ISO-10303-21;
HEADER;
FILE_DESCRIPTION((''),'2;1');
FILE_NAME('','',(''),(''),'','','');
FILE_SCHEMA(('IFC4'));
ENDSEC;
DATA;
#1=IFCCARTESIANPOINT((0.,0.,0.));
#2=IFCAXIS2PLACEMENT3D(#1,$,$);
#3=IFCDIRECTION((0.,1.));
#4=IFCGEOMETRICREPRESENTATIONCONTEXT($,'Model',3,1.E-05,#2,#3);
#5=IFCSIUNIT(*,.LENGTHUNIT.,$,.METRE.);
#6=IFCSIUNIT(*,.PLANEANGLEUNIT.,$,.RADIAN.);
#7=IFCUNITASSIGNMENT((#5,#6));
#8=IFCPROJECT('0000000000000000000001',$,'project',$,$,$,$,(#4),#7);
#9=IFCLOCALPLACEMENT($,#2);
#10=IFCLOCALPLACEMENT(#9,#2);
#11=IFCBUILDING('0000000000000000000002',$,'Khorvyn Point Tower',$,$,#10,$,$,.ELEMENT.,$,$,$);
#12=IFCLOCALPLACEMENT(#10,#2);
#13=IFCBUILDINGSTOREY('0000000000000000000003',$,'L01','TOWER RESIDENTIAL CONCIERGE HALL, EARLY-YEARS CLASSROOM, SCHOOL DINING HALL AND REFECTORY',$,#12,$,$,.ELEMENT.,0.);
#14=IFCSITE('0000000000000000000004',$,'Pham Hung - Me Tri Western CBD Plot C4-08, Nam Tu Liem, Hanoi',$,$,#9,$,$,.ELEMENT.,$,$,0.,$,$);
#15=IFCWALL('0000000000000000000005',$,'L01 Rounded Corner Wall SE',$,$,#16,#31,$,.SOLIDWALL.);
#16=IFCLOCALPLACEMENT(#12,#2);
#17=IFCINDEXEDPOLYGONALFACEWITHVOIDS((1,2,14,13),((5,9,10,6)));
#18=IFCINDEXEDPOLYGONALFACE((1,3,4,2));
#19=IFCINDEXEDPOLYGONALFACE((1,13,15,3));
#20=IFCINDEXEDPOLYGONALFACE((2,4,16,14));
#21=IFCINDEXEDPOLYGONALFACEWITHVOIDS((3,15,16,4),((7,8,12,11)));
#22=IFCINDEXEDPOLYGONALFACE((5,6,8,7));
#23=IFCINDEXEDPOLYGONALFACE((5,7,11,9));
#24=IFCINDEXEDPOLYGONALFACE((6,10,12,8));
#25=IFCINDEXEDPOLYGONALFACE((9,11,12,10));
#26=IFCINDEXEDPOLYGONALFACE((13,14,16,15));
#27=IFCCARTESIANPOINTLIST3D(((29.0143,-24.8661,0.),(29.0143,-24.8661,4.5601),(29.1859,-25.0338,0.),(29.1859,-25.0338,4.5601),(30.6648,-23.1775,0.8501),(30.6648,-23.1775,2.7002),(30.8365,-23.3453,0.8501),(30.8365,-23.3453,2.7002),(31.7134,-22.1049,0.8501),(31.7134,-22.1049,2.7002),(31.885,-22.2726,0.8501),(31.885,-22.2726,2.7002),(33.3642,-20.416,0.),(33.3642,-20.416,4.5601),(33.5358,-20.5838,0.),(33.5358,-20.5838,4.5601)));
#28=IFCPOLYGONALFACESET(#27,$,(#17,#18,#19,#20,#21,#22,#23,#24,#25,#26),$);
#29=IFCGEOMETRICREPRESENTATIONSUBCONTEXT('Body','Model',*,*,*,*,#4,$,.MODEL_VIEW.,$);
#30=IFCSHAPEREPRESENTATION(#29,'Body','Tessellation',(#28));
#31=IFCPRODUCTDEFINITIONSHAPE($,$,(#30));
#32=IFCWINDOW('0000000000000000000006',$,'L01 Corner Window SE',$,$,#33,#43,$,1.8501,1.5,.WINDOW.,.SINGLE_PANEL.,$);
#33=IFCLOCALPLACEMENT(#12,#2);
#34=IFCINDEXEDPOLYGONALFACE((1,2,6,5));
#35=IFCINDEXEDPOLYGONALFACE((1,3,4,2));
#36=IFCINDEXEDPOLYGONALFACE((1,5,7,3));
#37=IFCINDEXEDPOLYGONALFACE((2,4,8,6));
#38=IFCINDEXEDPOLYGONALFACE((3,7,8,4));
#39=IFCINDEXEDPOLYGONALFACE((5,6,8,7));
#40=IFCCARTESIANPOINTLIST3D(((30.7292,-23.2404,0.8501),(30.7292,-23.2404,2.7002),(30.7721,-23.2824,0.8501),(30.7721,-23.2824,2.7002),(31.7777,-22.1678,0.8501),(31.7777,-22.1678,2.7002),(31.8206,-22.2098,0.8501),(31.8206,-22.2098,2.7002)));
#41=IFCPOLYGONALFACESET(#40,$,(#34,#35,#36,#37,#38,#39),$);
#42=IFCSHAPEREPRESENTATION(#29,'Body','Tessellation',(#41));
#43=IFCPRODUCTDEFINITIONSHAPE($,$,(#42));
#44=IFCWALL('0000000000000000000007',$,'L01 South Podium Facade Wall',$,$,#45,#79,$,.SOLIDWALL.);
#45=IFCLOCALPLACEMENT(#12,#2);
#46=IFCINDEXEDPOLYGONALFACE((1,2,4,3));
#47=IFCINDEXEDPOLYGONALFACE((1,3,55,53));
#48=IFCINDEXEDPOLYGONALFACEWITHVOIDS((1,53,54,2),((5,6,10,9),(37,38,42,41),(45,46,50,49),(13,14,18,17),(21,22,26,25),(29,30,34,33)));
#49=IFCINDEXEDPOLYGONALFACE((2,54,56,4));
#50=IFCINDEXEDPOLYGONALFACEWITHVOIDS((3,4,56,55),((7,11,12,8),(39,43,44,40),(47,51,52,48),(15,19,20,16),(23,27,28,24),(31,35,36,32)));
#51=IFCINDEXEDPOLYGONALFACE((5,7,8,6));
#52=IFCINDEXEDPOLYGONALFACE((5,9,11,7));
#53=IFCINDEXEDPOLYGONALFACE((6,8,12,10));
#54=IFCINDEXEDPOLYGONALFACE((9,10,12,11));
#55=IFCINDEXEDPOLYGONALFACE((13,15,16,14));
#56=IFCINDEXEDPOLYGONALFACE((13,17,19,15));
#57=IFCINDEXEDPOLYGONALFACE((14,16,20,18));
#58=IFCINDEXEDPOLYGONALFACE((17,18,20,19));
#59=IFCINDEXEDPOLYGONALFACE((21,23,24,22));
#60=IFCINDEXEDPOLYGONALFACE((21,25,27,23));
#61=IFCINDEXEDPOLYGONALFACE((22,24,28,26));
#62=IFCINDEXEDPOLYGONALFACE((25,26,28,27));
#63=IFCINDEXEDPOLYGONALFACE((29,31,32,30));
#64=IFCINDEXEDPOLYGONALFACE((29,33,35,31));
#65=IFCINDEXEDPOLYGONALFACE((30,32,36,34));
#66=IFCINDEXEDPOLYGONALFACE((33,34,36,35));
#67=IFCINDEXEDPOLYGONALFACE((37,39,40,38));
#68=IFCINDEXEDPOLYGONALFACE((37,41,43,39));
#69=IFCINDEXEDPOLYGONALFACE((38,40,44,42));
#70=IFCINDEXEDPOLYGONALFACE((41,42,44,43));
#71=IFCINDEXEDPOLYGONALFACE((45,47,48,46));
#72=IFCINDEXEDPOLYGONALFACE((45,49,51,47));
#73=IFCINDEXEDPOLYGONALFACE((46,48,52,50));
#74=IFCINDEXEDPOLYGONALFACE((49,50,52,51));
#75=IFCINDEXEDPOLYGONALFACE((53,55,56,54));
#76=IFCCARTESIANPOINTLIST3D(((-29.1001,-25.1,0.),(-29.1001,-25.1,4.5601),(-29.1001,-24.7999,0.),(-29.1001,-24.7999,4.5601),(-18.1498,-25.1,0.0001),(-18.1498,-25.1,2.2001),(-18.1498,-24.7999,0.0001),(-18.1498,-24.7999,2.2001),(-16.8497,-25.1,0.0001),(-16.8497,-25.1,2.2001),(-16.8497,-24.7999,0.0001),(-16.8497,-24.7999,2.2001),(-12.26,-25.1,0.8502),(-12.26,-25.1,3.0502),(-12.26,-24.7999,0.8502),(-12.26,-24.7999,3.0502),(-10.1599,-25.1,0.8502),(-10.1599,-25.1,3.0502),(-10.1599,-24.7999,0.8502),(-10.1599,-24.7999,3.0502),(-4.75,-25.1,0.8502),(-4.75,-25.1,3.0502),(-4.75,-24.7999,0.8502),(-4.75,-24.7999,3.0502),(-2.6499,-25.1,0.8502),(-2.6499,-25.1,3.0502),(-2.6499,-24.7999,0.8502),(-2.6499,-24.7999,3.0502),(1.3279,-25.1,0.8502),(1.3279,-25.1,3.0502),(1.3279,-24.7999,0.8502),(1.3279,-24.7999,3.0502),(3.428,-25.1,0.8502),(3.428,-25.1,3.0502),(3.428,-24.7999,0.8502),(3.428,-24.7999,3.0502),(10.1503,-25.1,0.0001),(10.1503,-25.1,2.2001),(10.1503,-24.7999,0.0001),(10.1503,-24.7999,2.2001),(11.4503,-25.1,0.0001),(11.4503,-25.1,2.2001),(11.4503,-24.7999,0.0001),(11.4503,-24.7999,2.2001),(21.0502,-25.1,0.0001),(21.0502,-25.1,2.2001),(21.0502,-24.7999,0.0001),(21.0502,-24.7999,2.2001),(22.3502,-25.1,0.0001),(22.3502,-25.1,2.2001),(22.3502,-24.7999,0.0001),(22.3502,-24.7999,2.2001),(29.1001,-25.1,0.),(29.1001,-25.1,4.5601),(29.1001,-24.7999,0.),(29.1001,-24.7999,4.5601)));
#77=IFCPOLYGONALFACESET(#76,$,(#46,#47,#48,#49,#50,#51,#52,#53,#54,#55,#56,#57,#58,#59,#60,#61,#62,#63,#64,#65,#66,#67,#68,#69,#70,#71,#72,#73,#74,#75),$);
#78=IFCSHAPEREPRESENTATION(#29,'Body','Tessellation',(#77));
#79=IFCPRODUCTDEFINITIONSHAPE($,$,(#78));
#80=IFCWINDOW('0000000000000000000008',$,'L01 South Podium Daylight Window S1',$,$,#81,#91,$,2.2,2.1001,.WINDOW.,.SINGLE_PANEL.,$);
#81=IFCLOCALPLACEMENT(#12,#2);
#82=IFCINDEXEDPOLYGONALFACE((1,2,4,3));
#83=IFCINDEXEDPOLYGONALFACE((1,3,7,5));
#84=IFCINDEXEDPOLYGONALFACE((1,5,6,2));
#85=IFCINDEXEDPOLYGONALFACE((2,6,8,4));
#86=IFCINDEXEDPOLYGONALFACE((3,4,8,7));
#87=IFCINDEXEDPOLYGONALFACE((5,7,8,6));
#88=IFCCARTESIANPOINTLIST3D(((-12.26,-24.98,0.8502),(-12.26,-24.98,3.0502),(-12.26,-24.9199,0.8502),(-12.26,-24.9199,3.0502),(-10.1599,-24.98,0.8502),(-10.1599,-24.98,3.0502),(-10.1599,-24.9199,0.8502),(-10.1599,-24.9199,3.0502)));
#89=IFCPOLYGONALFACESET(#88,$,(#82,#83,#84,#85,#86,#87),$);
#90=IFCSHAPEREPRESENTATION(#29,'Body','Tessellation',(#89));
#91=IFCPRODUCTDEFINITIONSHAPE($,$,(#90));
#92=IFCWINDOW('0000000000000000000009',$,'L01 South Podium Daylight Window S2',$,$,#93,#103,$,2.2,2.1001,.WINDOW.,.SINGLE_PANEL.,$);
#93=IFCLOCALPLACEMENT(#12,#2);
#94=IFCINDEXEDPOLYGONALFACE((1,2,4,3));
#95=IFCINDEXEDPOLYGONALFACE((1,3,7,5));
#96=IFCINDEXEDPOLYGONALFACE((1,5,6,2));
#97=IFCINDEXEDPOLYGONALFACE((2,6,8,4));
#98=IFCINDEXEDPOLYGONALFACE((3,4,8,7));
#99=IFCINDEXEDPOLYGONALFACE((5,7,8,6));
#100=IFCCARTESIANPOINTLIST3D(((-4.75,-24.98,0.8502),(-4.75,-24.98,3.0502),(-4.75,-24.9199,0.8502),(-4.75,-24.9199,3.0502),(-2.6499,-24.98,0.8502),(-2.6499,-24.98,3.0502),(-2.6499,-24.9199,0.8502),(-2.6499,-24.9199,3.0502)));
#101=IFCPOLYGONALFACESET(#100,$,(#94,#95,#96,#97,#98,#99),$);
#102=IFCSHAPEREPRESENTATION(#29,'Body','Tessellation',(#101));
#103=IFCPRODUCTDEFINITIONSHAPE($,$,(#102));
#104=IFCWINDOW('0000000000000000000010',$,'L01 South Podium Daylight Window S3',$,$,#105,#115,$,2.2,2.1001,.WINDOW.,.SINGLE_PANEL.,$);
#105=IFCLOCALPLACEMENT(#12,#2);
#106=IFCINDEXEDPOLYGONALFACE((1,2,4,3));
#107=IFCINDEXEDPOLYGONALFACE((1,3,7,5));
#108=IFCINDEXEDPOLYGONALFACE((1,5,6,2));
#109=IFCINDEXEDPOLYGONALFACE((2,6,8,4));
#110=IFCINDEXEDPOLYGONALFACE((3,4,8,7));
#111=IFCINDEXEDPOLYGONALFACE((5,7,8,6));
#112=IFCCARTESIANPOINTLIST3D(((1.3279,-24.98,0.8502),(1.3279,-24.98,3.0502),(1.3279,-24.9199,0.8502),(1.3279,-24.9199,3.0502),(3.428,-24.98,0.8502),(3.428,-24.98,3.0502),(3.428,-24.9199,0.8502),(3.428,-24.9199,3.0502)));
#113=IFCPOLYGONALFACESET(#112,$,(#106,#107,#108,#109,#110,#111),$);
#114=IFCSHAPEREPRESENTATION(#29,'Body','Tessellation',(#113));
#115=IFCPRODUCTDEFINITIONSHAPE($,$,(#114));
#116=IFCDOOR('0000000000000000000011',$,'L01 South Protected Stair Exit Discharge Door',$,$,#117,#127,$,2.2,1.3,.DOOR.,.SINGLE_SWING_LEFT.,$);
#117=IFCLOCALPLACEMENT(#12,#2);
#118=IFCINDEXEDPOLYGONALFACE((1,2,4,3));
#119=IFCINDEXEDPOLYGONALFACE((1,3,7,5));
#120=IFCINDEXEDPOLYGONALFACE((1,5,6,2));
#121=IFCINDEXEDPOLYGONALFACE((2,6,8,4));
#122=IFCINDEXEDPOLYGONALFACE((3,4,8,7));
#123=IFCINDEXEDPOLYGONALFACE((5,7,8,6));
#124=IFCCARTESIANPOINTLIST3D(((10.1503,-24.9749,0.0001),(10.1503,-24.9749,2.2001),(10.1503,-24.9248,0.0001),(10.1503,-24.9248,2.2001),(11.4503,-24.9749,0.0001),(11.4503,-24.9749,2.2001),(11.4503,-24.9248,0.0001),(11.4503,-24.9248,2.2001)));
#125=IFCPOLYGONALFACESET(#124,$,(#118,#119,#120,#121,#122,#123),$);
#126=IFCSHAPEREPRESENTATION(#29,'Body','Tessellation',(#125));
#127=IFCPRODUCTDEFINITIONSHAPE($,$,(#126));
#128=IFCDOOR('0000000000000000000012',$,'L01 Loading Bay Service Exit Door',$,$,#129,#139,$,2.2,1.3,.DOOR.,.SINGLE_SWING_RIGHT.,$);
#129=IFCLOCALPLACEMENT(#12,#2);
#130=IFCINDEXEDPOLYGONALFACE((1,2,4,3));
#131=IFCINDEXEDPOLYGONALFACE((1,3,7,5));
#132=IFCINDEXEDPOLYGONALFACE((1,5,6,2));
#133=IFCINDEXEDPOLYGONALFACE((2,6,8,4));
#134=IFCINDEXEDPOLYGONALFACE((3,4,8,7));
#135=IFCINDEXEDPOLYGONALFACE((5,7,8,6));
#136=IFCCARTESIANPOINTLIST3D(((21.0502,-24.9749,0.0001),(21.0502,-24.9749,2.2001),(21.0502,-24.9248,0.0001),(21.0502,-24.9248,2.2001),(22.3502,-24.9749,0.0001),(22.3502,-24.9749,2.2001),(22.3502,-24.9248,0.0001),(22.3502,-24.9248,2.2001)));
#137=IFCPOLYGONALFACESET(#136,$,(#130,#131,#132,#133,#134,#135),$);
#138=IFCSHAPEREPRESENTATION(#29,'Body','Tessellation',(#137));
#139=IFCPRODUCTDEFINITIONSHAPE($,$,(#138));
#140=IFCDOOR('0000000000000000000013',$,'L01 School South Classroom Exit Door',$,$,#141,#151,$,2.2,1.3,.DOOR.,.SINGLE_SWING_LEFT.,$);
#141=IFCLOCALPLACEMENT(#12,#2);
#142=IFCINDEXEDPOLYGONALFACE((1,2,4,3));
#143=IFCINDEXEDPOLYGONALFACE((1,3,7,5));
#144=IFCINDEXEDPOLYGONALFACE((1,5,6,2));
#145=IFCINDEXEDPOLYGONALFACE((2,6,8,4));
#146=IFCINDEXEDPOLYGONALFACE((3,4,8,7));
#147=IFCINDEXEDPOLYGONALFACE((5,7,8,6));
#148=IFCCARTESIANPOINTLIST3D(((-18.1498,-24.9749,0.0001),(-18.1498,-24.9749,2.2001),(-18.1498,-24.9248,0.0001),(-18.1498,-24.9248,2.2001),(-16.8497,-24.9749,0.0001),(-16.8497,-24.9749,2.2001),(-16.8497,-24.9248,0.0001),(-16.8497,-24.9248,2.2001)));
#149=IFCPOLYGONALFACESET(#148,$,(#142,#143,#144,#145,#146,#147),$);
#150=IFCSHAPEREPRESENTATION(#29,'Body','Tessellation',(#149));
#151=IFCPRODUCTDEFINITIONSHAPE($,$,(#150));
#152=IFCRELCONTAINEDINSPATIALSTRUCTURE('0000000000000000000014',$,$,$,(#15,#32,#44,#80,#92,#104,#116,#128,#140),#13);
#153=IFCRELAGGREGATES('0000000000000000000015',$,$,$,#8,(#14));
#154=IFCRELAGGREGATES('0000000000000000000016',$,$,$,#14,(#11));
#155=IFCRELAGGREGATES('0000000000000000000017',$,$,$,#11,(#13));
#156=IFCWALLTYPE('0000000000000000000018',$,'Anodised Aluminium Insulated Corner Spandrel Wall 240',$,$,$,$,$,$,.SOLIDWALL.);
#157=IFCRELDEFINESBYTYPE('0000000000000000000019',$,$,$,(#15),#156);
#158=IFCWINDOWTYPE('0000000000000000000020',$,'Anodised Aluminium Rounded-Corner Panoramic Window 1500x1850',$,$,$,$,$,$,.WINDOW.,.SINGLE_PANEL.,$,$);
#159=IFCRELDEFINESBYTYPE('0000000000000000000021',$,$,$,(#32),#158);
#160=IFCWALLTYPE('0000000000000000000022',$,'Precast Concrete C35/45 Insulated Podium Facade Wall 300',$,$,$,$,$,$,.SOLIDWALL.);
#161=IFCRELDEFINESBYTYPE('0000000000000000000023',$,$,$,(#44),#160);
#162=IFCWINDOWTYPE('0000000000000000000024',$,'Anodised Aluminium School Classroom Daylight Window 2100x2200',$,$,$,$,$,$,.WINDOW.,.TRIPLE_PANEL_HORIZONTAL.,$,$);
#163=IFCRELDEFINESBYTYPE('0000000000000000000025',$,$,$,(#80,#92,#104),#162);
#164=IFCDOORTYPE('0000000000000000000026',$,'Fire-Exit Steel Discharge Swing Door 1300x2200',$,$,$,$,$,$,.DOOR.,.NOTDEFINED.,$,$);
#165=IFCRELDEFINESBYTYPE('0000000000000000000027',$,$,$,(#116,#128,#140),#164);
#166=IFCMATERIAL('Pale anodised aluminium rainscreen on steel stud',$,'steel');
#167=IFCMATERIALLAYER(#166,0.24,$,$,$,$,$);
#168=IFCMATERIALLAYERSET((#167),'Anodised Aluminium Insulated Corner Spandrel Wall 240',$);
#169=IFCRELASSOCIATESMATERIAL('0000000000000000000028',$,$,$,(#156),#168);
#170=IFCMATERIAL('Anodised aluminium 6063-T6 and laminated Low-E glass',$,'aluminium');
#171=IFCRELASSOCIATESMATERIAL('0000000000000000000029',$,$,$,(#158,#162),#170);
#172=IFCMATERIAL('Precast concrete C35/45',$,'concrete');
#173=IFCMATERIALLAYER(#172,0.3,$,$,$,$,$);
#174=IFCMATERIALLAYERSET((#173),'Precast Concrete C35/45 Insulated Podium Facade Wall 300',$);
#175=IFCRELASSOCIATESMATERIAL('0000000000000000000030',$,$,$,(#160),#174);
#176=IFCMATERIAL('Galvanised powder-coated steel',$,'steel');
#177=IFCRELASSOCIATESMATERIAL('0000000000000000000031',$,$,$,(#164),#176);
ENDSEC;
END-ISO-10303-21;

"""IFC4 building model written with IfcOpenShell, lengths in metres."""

from ifc_helpers import new_model, si_unit, direction, frame, frame_2d, origin, place, context, subcontext, project, spatial, rectangle, extrude, material, layer, layer_set, type_object, element, fill, save


model = new_model("IFC4")

# Units and contexts
model_context = context("Model", 3, precision=1e-05, world=origin(), true_north=direction((0.0, 1.0)))
body_context = subcontext(model_context, "Body", "Model", "MODEL_VIEW")
ifc_project = project(units=[si_unit("LENGTHUNIT", "METRE"), si_unit("PLANEANGLEUNIT", "RADIAN")], contexts=[model_context])

# Site, building, storey
site_placement = place(None, origin())
site = spatial("IfcSite", under=ifc_project, at=site_placement, Name="Pham Hung - Me Tri Western CBD Plot C4-08, Nam Tu Liem, Hanoi", CompositionType="ELEMENT", RefElevation=0.0)
building_placement = place(site_placement, origin())
building = spatial("IfcBuilding", under=site, at=building_placement, Name="Khorvyn Point Tower", CompositionType="ELEMENT")
storey_placement = place(building_placement, origin())
storey = spatial("IfcBuildingStorey", under=building, at=storey_placement, Name="L01", Description="TOWER RESIDENTIAL CONCIERGE HALL, EARLY-YEARS CLASSROOM, SCHOOL DINING HALL AND REFECTORY", CompositionType="ELEMENT", Elevation=0.0)

# Wall, opening, window
ifc_material_1 = material(Name="Pale anodised aluminium rainscreen on steel stud", Category="steel")
ifc_layer_1 = layer(ifc_material_1, 0.24)
ifc_layer_set_1 = layer_set([ifc_layer_1], Name="Anodised Aluminium Insulated Corner Spandrel Wall 240")
wall_type_1 = type_object("IfcWallType", Name="Anodised Aluminium Insulated Corner Spandrel Wall 240", PredefinedType="SOLIDWALL", material=ifc_layer_set_1)
wall_1_placement = place(storey_placement, frame((33.45, -20.5, 0.0), z_axis=(0.0, 0.0, 1.0), x_axis=(-0.699018, -0.715104, 0.0)))
wall_1 = element("IfcWall", 1, at=wall_1_placement, inside=storey, type_object=wall_type_1, Name="L01 Rounded Corner Wall SE", PredefinedType="SOLIDWALL", context=body_context, shape_type="SweptSolid", body=[
    extrude(rectangle(XDim=6.2229, YDim=0.24, at=frame_2d((3.1113, 0.0))), origin(), (0.0, 0.0, 1.0), 4.5601),
])
opening_1_placement = place(wall_1_placement, frame((2.3616, 0.0, 0.8501)))
opening_1 = element("IfcOpeningElement", 2, at=opening_1_placement, cuts=wall_1, PredefinedType="OPENING", context=body_context, shape_type="SweptSolid", body=[
    extrude(rectangle(XDim=1.5, YDim=1.8501, at=frame_2d((0.75, 0.925))), frame((0.0, 0.1299, 0.0), z_axis=(0.0, -1.0, 0.0), x_axis=(1.0, 0.0, 0.0)), (0.0, 0.0, 1.0), 0.26),
])
ifc_material_2 = material(Name="Anodised aluminium 6063-T6 and laminated Low-E glass", Category="aluminium")
window_type_1 = type_object("IfcWindowType", Name="Anodised Aluminium Rounded-Corner Panoramic Window 1500x1850", PartitioningType="SINGLE_PANEL", PredefinedType="WINDOW", material=ifc_material_2)
window_1_placement = place(opening_1_placement, origin())
window_1 = element("IfcWindow", 3, at=window_1_placement, inside=storey, type_object=window_type_1, Name="L01 Corner Window SE", OverallHeight=1.8501, OverallWidth=1.5, PartitioningType="SINGLE_PANEL", PredefinedType="WINDOW", context=body_context, shape_type="SweptSolid", body=[
    extrude(rectangle(XDim=1.5, YDim=1.8501, at=frame_2d((0.75, 0.925))), frame((0.0, 0.03, 0.0), z_axis=(0.0, -1.0, 0.0), x_axis=(1.0, 0.0, 0.0)), (0.0, 0.0, 1.0), 0.0601),
])
fill(opening_1, window_1)

# Wall, openings, windows, doors
ifc_material_3 = material(Name="Precast concrete C35/45", Category="concrete")
ifc_layer_2 = layer(ifc_material_3, 0.3)
ifc_layer_set_2 = layer_set([ifc_layer_2], Name="Precast Concrete C35/45 Insulated Podium Facade Wall 300")
wall_type_2 = type_object("IfcWallType", Name="Precast Concrete C35/45 Insulated Podium Facade Wall 300", PredefinedType="SOLIDWALL", material=ifc_layer_set_2)
wall_2_placement = place(storey_placement, frame((29.1001, -24.95, 0.0), z_axis=(0.0, 0.0, 1.0), x_axis=(-1.0, 0.0, 0.0)))
wall_2 = element("IfcWall", 4, at=wall_2_placement, inside=storey, type_object=wall_type_2, Name="L01 South Podium Facade Wall", PredefinedType="SOLIDWALL", context=body_context, shape_type="SweptSolid", body=[
    extrude(rectangle(XDim=58.2002, YDim=0.3, at=frame_2d((29.1001, 0.0))), origin(), (0.0, 0.0, 1.0), 4.5601),
])
opening_2_placement = place(wall_2_placement, frame((39.26, 0.0, 0.8501)))
opening_2 = element("IfcOpeningElement", 5, at=opening_2_placement, cuts=wall_2, PredefinedType="OPENING", context=body_context, shape_type="SweptSolid", body=[
    extrude(rectangle(XDim=2.1001, YDim=2.2, at=frame_2d((1.05, 1.1001))), frame((0.0, 0.1599, 0.0), z_axis=(0.0, -1.0, 0.0), x_axis=(1.0, 0.0, 0.0)), (0.0, 0.0, 1.0), 0.3201),
])
opening_3_placement = place(wall_2_placement, frame((31.75, 0.0, 0.8501)))
opening_3 = element("IfcOpeningElement", 6, at=opening_3_placement, cuts=wall_2, PredefinedType="OPENING", context=body_context, shape_type="SweptSolid", body=[
    extrude(rectangle(XDim=2.1001, YDim=2.2, at=frame_2d((1.05, 1.1001))), frame((0.0, 0.1599, 0.0), z_axis=(0.0, -1.0, 0.0), x_axis=(1.0, 0.0, 0.0)), (0.0, 0.0, 1.0), 0.3201),
])
opening_4_placement = place(wall_2_placement, frame((25.6721, 0.0, 0.8501)))
opening_4 = element("IfcOpeningElement", 7, at=opening_4_placement, cuts=wall_2, PredefinedType="OPENING", context=body_context, shape_type="SweptSolid", body=[
    extrude(rectangle(XDim=2.1001, YDim=2.2, at=frame_2d((1.05, 1.1001))), frame((0.0, 0.1599, 0.0), z_axis=(0.0, -1.0, 0.0), x_axis=(1.0, 0.0, 0.0)), (0.0, 0.0, 1.0), 0.3201),
])
opening_5_placement = place(wall_2_placement, frame((17.6499, 0.0, 0.0)))
opening_5 = element("IfcOpeningElement", 8, at=opening_5_placement, cuts=wall_2, PredefinedType="OPENING", context=body_context, shape_type="SweptSolid", body=[
    extrude(rectangle(XDim=1.3, YDim=2.2, at=frame_2d((0.6499, 1.1001))), frame((0.0, 0.1599, 0.0), z_axis=(0.0, -1.0, 0.0), x_axis=(1.0, 0.0, 0.0)), (0.0, 0.0, 1.0), 0.3201),
])
opening_6_placement = place(wall_2_placement, frame((6.75, 0.0, 0.0)))
opening_6 = element("IfcOpeningElement", 9, at=opening_6_placement, cuts=wall_2, PredefinedType="OPENING", context=body_context, shape_type="SweptSolid", body=[
    extrude(rectangle(XDim=1.3, YDim=2.2, at=frame_2d((0.6499, 1.1001))), frame((0.0, 0.1599, 0.0), z_axis=(0.0, -1.0, 0.0), x_axis=(1.0, 0.0, 0.0)), (0.0, 0.0, 1.0), 0.3201),
])
opening_7_placement = place(wall_2_placement, frame((45.95, 0.0, 0.0)))
opening_7 = element("IfcOpeningElement", 10, at=opening_7_placement, cuts=wall_2, PredefinedType="OPENING", context=body_context, shape_type="SweptSolid", body=[
    extrude(rectangle(XDim=1.3, YDim=2.2, at=frame_2d((0.6499, 1.1001))), frame((0.0, 0.1599, 0.0), z_axis=(0.0, -1.0, 0.0), x_axis=(1.0, 0.0, 0.0)), (0.0, 0.0, 1.0), 0.3201),
])
window_type_2 = type_object("IfcWindowType", Name="Anodised Aluminium School Classroom Daylight Window 2100x2200", PartitioningType="TRIPLE_PANEL_HORIZONTAL", PredefinedType="WINDOW", material=ifc_material_2)
window_2_placement = place(opening_2_placement, origin())
window_2 = element("IfcWindow", 11, at=window_2_placement, inside=storey, type_object=window_type_2, Name="L01 South Podium Daylight Window S1", OverallHeight=2.2, OverallWidth=2.1001, PartitioningType="SINGLE_PANEL", PredefinedType="WINDOW", context=body_context, shape_type="SweptSolid", body=[
    extrude(rectangle(XDim=2.1001, YDim=2.2, at=frame_2d((1.05, 1.1001))), frame((0.0, 0.03, 0.0), z_axis=(0.0, -1.0, 0.0), x_axis=(1.0, 0.0, 0.0)), (0.0, 0.0, 1.0), 0.0601),
])
fill(opening_2, window_2)
window_3_placement = place(opening_3_placement, origin())
window_3 = element("IfcWindow", 12, at=window_3_placement, inside=storey, type_object=window_type_2, Name="L01 South Podium Daylight Window S2", OverallHeight=2.2, OverallWidth=2.1001, PartitioningType="SINGLE_PANEL", PredefinedType="WINDOW", context=body_context, shape_type="SweptSolid", body=[
    extrude(rectangle(XDim=2.1001, YDim=2.2, at=frame_2d((1.05, 1.1001))), frame((0.0, 0.03, 0.0), z_axis=(0.0, -1.0, 0.0), x_axis=(1.0, 0.0, 0.0)), (0.0, 0.0, 1.0), 0.0601),
])
fill(opening_3, window_3)
window_4_placement = place(opening_4_placement, origin())
window_4 = element("IfcWindow", 13, at=window_4_placement, inside=storey, type_object=window_type_2, Name="L01 South Podium Daylight Window S3", OverallHeight=2.2, OverallWidth=2.1001, PartitioningType="SINGLE_PANEL", PredefinedType="WINDOW", context=body_context, shape_type="SweptSolid", body=[
    extrude(rectangle(XDim=2.1001, YDim=2.2, at=frame_2d((1.05, 1.1001))), frame((0.0, 0.03, 0.0), z_axis=(0.0, -1.0, 0.0), x_axis=(1.0, 0.0, 0.0)), (0.0, 0.0, 1.0), 0.0601),
])
fill(opening_4, window_4)
ifc_material_4 = material(Name="Galvanised powder-coated steel", Category="steel")
door_type = type_object("IfcDoorType", Name="Fire-Exit Steel Discharge Swing Door 1300x2200", OperationType="NOTDEFINED", PredefinedType="DOOR", material=ifc_material_4)
door_1_placement = place(opening_5_placement, origin())
door_1 = element("IfcDoor", 14, at=door_1_placement, inside=storey, type_object=door_type, Name="L01 South Protected Stair Exit Discharge Door", OperationType="SINGLE_SWING_LEFT", OverallHeight=2.2, OverallWidth=1.3, PredefinedType="DOOR", context=body_context, shape_type="SweptSolid", body=[
    extrude(rectangle(XDim=1.3, YDim=2.2, at=frame_2d((0.6499, 1.1001))), frame((0.0, 0.0249, 0.0), z_axis=(0.0, -1.0, 0.0), x_axis=(1.0, 0.0, 0.0)), (0.0, 0.0, 1.0), 0.05),
])
fill(opening_5, door_1)
door_2_placement = place(opening_6_placement, origin())
door_2 = element("IfcDoor", 15, at=door_2_placement, inside=storey, type_object=door_type, Name="L01 Loading Bay Service Exit Door", OperationType="SINGLE_SWING_RIGHT", OverallHeight=2.2, OverallWidth=1.3, PredefinedType="DOOR", context=body_context, shape_type="SweptSolid", body=[
    extrude(rectangle(XDim=1.3, YDim=2.2, at=frame_2d((0.6499, 1.1001))), frame((0.0, 0.0249, 0.0), z_axis=(0.0, -1.0, 0.0), x_axis=(1.0, 0.0, 0.0)), (0.0, 0.0, 1.0), 0.05),
])
fill(opening_6, door_2)
door_3_placement = place(opening_7_placement, origin())
door_3 = element("IfcDoor", 16, at=door_3_placement, inside=storey, type_object=door_type, Name="L01 School South Classroom Exit Door", OperationType="SINGLE_SWING_LEFT", OverallHeight=2.2, OverallWidth=1.3, PredefinedType="DOOR", context=body_context, shape_type="SweptSolid", body=[
    extrude(rectangle(XDim=1.3, YDim=2.2, at=frame_2d((0.6499, 1.1001))), frame((0.0, 0.0249, 0.0), z_axis=(0.0, -1.0, 0.0), x_axis=(1.0, 0.0, 0.0)), (0.0, 0.0, 1.0), 0.05),
])
fill(opening_7, door_3)

save(model, "model.ifc")
